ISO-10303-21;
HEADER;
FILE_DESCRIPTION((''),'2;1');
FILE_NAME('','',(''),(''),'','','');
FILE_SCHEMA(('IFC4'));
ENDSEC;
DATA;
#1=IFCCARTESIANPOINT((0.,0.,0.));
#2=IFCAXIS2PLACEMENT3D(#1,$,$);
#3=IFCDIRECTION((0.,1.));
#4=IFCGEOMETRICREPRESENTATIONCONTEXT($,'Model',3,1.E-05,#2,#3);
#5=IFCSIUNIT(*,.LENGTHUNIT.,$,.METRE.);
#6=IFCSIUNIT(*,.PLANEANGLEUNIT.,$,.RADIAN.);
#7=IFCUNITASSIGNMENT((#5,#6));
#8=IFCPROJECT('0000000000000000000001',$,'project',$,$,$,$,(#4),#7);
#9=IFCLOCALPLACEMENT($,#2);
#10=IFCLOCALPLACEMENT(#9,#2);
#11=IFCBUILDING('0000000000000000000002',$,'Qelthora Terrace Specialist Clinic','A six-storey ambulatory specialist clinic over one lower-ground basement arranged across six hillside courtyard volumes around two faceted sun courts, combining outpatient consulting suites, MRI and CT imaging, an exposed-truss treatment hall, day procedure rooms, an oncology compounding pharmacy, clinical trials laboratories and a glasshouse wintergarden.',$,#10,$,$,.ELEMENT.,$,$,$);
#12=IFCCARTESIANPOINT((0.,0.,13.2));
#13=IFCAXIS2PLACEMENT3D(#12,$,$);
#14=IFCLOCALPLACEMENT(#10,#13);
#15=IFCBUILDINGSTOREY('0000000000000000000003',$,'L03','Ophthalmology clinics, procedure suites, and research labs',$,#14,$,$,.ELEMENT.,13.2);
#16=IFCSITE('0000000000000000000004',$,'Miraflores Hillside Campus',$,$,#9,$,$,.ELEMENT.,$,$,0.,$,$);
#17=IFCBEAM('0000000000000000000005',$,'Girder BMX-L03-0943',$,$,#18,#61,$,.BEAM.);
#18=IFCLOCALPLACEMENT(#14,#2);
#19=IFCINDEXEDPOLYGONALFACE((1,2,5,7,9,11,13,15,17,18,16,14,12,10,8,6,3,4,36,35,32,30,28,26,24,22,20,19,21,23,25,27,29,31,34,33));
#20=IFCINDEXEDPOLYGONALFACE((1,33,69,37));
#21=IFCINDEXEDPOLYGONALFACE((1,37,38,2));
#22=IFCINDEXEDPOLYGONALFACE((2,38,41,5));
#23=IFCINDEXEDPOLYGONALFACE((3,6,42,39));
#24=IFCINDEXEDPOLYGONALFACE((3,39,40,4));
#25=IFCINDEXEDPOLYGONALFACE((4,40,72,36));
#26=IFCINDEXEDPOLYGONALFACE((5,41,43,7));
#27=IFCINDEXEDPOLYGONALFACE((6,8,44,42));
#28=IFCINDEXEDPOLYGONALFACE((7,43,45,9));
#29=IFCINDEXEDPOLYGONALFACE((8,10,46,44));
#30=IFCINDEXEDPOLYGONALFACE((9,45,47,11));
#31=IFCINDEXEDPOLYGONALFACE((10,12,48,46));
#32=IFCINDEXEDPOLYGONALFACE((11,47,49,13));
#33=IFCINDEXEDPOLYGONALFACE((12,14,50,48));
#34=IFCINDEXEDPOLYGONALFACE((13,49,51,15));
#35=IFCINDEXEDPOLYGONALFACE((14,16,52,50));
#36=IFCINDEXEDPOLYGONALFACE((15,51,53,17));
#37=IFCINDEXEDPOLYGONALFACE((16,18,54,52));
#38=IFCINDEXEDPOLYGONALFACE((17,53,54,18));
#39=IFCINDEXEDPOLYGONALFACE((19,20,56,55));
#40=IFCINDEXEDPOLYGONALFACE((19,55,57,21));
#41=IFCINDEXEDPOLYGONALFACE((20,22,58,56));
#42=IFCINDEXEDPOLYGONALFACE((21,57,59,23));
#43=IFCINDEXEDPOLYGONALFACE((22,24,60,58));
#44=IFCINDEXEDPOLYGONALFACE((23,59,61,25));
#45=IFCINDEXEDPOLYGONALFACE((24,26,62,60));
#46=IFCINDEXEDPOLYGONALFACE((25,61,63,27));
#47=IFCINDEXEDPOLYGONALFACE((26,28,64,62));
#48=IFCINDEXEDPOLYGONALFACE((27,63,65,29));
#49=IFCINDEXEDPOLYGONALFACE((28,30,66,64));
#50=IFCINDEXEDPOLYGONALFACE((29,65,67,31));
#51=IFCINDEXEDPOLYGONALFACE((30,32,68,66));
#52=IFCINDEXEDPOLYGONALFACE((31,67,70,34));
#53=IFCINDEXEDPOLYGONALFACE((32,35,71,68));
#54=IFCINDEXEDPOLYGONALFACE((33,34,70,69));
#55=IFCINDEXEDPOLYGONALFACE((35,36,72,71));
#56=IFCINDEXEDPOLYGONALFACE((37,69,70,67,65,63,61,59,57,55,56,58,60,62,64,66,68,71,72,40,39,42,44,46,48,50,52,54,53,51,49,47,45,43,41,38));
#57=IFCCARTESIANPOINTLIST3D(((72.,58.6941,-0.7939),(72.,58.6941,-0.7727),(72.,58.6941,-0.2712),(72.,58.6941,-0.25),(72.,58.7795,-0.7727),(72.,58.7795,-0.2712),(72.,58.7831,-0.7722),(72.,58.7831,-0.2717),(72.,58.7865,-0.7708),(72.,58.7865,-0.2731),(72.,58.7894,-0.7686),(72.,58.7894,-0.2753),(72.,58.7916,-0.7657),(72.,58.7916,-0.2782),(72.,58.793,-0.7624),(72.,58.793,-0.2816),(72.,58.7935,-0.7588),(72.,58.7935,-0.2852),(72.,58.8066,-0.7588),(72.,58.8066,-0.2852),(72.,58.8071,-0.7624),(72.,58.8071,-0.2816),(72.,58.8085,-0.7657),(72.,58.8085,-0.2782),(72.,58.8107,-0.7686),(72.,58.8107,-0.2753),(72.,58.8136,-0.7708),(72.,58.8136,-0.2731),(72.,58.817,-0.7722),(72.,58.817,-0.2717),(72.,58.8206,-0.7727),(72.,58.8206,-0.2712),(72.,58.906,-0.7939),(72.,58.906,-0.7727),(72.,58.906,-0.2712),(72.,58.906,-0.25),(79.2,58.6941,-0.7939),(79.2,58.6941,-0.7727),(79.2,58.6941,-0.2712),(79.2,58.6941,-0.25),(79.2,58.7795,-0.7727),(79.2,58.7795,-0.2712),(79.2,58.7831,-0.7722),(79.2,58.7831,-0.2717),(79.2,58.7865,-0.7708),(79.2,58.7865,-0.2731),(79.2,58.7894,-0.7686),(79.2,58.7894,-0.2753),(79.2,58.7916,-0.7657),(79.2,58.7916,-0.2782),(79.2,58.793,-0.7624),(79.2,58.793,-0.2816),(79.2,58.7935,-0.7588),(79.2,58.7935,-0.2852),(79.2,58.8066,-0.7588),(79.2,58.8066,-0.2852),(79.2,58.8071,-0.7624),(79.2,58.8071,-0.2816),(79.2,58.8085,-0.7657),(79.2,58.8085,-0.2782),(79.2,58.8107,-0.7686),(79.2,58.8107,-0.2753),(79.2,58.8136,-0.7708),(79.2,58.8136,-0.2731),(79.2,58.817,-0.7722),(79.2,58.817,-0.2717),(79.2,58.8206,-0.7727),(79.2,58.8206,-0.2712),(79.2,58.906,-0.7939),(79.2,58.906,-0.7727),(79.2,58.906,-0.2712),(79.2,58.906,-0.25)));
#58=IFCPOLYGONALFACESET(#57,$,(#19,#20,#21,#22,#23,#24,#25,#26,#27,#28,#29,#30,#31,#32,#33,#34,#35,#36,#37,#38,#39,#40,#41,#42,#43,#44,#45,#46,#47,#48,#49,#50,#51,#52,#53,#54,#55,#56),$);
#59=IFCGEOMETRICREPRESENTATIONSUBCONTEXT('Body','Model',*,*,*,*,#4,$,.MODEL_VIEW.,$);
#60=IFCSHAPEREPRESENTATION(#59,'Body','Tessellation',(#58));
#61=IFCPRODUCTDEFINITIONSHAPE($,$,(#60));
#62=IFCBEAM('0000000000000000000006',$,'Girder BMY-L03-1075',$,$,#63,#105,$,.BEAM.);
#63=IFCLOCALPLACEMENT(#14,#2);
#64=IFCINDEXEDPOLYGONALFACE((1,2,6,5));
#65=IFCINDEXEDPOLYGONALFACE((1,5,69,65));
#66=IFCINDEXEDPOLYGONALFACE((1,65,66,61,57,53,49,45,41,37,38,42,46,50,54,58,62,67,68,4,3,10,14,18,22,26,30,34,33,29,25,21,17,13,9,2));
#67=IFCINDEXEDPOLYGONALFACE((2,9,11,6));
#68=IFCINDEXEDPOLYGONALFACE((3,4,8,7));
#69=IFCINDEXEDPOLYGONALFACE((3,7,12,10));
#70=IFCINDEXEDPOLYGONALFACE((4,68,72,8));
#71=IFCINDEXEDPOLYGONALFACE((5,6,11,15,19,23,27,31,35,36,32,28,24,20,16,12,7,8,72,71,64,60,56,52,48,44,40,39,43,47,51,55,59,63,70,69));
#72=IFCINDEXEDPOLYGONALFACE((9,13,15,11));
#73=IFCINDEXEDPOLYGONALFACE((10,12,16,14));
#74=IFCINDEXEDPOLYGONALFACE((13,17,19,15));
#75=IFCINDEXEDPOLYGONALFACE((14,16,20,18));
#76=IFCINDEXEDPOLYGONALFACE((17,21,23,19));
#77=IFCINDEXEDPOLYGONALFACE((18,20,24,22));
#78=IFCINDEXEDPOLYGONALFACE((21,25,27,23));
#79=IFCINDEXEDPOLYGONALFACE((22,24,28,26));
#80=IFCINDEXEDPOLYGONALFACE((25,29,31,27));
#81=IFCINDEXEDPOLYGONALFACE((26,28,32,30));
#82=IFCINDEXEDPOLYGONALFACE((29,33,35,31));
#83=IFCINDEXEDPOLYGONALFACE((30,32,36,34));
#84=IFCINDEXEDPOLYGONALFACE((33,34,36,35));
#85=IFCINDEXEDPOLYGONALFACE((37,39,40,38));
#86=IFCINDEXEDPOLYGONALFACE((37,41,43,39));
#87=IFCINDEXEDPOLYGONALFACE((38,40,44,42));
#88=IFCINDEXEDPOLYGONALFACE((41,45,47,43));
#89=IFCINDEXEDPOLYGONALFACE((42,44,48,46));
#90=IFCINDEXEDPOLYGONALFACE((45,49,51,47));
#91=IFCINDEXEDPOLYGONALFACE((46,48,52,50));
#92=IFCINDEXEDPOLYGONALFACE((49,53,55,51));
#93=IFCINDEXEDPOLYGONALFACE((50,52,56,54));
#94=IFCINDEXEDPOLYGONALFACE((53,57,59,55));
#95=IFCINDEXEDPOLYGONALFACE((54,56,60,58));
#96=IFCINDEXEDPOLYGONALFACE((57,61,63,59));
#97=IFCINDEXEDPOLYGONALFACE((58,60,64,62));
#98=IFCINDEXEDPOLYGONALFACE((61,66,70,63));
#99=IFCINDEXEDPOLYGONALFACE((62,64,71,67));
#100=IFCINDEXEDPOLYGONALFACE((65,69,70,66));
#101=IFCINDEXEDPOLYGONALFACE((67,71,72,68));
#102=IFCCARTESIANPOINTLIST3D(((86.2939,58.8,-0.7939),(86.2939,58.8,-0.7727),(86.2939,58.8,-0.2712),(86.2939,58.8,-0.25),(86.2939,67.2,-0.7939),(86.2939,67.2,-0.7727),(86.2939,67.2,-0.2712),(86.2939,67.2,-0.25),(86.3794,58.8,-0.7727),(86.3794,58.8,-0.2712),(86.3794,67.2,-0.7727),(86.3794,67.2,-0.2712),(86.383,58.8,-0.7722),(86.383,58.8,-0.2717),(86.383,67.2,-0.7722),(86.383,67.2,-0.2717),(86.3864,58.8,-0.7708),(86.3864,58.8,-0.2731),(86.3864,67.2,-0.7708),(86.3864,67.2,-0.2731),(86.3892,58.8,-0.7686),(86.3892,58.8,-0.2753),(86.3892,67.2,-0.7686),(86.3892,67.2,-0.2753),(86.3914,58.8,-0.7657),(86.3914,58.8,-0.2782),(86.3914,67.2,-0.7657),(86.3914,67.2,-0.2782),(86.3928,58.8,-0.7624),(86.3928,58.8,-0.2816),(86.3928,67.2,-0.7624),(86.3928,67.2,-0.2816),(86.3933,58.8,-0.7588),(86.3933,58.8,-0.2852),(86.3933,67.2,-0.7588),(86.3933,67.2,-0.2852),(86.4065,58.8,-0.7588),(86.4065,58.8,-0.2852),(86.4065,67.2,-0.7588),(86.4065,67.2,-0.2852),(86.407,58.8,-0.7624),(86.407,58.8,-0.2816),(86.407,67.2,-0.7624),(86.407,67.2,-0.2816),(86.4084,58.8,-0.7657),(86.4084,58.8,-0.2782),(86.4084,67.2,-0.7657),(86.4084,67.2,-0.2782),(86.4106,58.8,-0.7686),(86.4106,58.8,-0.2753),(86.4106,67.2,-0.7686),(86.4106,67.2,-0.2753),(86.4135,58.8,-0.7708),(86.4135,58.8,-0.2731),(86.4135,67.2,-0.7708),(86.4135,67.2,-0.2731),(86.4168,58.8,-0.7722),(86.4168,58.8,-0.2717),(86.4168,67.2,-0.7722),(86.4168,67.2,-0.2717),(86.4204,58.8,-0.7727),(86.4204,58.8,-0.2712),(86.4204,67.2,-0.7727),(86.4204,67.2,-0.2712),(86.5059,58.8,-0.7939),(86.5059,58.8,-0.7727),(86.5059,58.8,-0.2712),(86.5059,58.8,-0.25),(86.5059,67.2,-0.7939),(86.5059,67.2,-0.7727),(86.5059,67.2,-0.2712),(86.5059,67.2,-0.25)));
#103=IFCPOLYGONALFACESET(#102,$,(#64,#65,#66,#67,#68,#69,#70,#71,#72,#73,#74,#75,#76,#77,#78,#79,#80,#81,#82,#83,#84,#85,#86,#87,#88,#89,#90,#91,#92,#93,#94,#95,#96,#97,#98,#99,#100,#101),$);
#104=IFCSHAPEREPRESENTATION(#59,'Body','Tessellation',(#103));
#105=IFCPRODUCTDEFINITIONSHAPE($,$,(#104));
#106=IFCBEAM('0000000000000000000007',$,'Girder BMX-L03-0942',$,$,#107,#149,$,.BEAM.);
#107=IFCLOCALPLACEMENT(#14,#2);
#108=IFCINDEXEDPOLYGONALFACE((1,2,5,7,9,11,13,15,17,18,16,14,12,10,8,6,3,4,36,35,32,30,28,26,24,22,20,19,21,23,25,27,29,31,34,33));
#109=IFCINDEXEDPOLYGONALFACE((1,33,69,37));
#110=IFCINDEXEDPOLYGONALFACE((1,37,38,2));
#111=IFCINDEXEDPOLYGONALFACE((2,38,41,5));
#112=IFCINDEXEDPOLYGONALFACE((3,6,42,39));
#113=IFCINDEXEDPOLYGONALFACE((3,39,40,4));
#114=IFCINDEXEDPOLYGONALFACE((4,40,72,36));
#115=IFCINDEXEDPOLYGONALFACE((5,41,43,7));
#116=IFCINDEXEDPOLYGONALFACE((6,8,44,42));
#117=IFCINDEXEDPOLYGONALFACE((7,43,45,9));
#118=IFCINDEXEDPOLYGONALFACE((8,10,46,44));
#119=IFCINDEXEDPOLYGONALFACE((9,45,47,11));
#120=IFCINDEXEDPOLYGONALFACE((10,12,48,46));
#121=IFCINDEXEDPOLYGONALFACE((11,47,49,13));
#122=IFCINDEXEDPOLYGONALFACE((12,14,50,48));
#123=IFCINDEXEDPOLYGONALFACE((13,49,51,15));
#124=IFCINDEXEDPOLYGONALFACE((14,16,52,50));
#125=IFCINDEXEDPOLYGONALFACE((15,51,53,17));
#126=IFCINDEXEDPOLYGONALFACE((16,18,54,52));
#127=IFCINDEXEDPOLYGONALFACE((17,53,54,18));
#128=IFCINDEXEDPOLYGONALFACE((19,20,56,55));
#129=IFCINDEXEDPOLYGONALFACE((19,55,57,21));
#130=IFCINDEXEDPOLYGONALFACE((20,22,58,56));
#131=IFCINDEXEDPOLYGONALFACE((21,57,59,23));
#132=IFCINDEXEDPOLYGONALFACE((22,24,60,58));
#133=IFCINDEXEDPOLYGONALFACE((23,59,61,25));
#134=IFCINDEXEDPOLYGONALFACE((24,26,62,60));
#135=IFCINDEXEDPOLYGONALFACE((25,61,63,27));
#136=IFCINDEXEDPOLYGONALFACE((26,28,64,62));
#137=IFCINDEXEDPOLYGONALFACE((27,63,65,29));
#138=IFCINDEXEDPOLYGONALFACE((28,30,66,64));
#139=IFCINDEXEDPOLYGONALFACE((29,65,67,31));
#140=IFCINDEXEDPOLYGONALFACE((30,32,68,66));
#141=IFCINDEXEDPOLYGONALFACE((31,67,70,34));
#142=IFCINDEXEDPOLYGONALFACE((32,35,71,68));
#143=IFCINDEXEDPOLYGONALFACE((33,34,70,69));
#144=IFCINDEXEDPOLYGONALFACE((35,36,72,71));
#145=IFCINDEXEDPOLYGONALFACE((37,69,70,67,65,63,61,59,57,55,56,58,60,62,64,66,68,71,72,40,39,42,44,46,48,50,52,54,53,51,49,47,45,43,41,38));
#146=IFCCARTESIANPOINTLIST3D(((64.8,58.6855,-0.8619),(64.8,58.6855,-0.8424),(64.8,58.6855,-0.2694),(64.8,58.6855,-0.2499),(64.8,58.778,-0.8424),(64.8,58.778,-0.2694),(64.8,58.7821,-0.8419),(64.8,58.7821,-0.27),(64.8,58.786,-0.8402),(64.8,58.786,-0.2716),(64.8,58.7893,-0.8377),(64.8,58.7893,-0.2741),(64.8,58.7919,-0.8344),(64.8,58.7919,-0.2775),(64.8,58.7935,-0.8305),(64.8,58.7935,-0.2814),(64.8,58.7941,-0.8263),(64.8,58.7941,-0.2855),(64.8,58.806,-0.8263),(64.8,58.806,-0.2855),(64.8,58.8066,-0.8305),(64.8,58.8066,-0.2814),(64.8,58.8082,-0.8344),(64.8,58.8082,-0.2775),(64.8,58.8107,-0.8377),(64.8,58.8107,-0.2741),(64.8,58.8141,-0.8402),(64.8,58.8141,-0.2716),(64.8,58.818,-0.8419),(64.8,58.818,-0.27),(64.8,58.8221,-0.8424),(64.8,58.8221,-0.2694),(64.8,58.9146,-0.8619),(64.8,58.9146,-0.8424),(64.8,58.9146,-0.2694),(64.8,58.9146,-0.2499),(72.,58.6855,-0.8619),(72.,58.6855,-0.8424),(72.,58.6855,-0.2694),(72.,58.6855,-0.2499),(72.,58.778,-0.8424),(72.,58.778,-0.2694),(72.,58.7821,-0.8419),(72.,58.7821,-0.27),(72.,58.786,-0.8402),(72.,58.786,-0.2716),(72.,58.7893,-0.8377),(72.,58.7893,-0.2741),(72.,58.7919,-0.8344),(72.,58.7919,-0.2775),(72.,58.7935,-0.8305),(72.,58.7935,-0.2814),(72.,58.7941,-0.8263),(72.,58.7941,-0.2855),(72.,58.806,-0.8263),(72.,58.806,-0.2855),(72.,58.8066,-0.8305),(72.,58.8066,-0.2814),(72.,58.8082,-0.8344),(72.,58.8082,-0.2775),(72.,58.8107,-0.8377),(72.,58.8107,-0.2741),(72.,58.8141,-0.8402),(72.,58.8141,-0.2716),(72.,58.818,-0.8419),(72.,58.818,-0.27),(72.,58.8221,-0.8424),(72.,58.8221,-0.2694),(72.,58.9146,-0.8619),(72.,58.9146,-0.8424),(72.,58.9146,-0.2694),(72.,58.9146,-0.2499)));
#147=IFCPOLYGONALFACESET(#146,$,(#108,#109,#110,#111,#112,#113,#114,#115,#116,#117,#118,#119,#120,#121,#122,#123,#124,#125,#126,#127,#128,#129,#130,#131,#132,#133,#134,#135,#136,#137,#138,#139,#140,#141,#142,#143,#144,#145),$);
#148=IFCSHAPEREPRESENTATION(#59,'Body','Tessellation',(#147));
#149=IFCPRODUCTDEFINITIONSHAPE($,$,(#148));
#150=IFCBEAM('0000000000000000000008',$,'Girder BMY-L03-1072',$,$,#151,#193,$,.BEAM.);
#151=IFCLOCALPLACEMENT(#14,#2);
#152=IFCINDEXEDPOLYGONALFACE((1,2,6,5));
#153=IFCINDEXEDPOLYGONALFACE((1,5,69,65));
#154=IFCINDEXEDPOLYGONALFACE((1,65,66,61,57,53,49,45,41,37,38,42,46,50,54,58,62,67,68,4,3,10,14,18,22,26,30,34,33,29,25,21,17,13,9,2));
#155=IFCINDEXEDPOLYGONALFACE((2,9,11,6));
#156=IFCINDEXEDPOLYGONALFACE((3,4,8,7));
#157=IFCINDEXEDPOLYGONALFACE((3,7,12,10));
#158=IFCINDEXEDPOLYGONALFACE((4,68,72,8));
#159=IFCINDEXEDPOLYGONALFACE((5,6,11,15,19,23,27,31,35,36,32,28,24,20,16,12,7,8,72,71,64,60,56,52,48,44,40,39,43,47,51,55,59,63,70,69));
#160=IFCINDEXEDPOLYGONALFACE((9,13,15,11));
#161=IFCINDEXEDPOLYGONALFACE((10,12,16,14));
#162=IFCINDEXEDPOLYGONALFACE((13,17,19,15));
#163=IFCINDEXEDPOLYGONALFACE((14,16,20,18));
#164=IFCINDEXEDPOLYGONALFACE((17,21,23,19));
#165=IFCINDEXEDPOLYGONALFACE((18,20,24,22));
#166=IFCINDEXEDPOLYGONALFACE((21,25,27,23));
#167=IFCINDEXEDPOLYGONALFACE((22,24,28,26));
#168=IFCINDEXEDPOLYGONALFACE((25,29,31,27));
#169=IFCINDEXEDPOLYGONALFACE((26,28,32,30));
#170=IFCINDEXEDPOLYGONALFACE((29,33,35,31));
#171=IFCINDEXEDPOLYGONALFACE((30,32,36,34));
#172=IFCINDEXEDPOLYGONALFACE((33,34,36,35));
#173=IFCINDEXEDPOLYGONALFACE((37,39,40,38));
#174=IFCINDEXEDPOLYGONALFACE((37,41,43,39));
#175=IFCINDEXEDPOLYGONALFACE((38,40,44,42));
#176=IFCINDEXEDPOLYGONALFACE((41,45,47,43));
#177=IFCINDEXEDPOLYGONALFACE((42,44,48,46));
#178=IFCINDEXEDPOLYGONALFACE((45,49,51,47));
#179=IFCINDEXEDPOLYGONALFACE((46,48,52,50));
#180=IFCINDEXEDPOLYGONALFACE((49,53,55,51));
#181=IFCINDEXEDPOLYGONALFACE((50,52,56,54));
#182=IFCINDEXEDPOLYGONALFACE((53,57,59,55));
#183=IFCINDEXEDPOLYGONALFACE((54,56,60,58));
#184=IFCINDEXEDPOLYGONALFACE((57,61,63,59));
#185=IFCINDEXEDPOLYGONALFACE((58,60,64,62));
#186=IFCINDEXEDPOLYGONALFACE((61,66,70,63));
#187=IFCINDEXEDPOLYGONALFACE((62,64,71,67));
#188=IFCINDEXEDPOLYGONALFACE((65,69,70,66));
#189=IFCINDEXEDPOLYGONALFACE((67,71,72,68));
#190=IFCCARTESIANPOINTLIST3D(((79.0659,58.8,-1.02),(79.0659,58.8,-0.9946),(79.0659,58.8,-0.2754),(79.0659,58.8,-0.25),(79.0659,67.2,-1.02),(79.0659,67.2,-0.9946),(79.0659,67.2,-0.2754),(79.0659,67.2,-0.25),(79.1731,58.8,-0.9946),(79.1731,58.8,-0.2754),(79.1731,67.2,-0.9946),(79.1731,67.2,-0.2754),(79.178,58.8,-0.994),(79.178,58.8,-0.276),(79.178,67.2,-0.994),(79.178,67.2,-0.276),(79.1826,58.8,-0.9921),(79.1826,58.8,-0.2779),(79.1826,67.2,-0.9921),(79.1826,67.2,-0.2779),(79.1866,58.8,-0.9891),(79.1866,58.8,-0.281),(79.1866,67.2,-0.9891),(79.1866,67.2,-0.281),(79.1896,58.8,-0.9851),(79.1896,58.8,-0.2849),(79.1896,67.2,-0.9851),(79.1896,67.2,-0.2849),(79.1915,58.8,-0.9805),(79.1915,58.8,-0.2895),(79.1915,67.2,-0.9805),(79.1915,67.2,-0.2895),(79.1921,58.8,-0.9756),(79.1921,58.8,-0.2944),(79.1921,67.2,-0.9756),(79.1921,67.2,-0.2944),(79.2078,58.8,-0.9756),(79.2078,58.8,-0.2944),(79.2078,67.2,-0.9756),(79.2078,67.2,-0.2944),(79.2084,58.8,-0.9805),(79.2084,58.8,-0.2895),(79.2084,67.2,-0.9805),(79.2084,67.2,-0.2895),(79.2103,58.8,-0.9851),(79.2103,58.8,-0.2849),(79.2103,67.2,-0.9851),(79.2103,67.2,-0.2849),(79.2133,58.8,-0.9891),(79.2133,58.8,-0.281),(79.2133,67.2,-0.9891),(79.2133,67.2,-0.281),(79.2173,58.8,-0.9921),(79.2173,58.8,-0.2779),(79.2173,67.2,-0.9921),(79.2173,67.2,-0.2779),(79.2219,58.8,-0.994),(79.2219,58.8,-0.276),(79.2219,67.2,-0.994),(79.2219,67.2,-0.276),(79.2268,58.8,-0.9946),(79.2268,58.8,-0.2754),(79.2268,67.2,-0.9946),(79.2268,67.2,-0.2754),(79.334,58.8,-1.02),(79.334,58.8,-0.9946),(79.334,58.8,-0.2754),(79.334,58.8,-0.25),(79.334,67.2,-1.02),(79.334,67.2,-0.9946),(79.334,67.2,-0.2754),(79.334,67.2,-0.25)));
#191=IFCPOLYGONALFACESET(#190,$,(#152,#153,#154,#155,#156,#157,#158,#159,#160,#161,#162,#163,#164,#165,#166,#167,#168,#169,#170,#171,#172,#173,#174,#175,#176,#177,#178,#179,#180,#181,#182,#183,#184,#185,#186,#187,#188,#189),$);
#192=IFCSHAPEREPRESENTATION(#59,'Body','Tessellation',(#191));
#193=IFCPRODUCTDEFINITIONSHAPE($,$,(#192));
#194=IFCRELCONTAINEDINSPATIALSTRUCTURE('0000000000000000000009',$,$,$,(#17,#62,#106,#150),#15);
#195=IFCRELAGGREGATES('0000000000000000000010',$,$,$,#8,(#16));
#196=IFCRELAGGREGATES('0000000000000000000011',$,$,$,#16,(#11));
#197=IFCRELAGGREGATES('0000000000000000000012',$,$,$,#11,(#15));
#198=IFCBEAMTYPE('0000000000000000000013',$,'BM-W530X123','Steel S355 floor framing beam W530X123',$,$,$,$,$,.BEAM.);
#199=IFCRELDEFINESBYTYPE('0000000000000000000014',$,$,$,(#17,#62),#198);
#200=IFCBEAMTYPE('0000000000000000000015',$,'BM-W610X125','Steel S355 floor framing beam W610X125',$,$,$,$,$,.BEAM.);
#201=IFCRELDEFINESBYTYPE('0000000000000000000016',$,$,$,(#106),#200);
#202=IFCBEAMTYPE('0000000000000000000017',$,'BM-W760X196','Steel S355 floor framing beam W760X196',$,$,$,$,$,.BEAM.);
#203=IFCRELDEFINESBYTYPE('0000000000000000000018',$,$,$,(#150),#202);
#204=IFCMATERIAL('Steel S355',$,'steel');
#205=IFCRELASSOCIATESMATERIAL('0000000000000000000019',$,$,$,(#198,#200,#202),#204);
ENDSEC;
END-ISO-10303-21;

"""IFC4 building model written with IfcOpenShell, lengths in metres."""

from ifc_helpers import new_model, si_unit, direction, frame, origin, origin_2d, place, context, subcontext, project, spatial, i_section, extrude, material, material_profile, profile_set, type_object, element, save


model = new_model("IFC4")

# Units and contexts
model_context = context("Model", 3, precision=1e-05, world=origin(), true_north=direction((0.0, 1.0)))
body_context = subcontext(model_context, "Body", "Model", "MODEL_VIEW")
ifc_project = project(units=[si_unit("LENGTHUNIT", "METRE"), si_unit("PLANEANGLEUNIT", "RADIAN")], contexts=[model_context])

# Site, building, storey
site_placement = place(None, origin())
site = spatial("IfcSite", under=ifc_project, at=site_placement, Name="Miraflores Hillside Campus", CompositionType="ELEMENT", RefElevation=0.0)
building_placement = place(site_placement, origin())
building = spatial("IfcBuilding", under=site, at=building_placement, Name="Qelthora Terrace Specialist Clinic", Description="A six-storey ambulatory specialist clinic over one lower-ground basement arranged across six hillside courtyard volumes around two faceted sun courts, combining outpatient consulting suites, MRI and CT imaging, an exposed-truss treatment hall, day procedure rooms, an oncology compounding pharmacy, clinical trials laboratories and a glasshouse wintergarden.", CompositionType="ELEMENT")
storey_placement = place(building_placement, frame((0.0, 0.0, 13.2)))
storey = spatial("IfcBuildingStorey", under=building, at=storey_placement, Name="L03", Description="Ophthalmology clinics, procedure suites, and research labs", CompositionType="ELEMENT", Elevation=13.2)

# Beams
ifc_material_1 = material(Name="Steel S355", Category="steel")
ifc_material_profile_1 = material_profile(ifc_material_1, i_section(OverallWidth=0.2119, OverallDepth=0.5439, WebThickness=0.0132, FlangeThickness=0.0212, FilletRadius=0.0139, at=origin_2d()), Name="W530X123")
ifc_profile_set_1 = profile_set([ifc_material_profile_1], Name="Steel S355")
beam_type_1 = type_object("IfcBeamType", Name="BM-W530X123", Description="Steel S355 floor framing beam W530X123", PredefinedType="BEAM", material=ifc_profile_set_1)
beam_1_placement = place(storey_placement, frame((72.0, 58.8, -0.522), z_axis=(1.0, 0.0, 0.0), x_axis=(0.0, 1.0, 0.0)))
element("IfcBeam", 1, at=beam_1_placement, inside=storey, type_object=beam_type_1, Name="Girder BMX-L03-0943", PredefinedType="BEAM", context=body_context, shape_type="SweptSolid", body=[
    extrude(i_section(OverallWidth=0.2119, OverallDepth=0.5439, WebThickness=0.0132, FlangeThickness=0.0212, FilletRadius=0.0139, at=origin_2d()), origin(), (0.0, 0.0, 1.0), 7.2),
])
beam_2_placement = place(storey_placement, frame((86.3999, 58.8, -0.522), z_axis=(0.0, 1.0, 0.0), x_axis=(-1.0, 0.0, 0.0)))
element("IfcBeam", 2, at=beam_2_placement, inside=storey, type_object=beam_type_1, Name="Girder BMY-L03-1075", PredefinedType="BEAM", context=body_context, shape_type="SweptSolid", body=[
    extrude(i_section(OverallWidth=0.2119, OverallDepth=0.5439, WebThickness=0.0132, FlangeThickness=0.0212, FilletRadius=0.0139, at=origin_2d()), origin(), (0.0, 0.0, 1.0), 8.3999),
])
ifc_material_profile_2 = material_profile(ifc_material_1, i_section(OverallWidth=0.229, OverallDepth=0.6121, WebThickness=0.012, FlangeThickness=0.0195, FilletRadius=0.0161, at=origin_2d()), Name="W610X125")
ifc_profile_set_2 = profile_set([ifc_material_profile_2], Name="Steel S355")
beam_type_2 = type_object("IfcBeamType", Name="BM-W610X125", Description="Steel S355 floor framing beam W610X125", PredefinedType="BEAM", material=ifc_profile_set_2)
beam_3_placement = place(storey_placement, frame((64.8, 58.8, -0.5559), z_axis=(1.0, 0.0, 0.0), x_axis=(0.0, 1.0, 0.0)))
element("IfcBeam", 3, at=beam_3_placement, inside=storey, type_object=beam_type_2, Name="Girder BMX-L03-0942", PredefinedType="BEAM", context=body_context, shape_type="SweptSolid", body=[
    extrude(i_section(OverallWidth=0.229, OverallDepth=0.6121, WebThickness=0.012, FlangeThickness=0.0195, FilletRadius=0.0161, at=origin_2d()), origin(), (0.0, 0.0, 1.0), 7.2),
])
ifc_material_profile_3 = material_profile(ifc_material_1, i_section(OverallWidth=0.2681, OverallDepth=0.77, WebThickness=0.0156, FlangeThickness=0.0254, FilletRadius=0.019, at=origin_2d()), Name="W760X196")
ifc_profile_set_3 = profile_set([ifc_material_profile_3], Name="Steel S355")
beam_type_3 = type_object("IfcBeamType", Name="BM-W760X196", Description="Steel S355 floor framing beam W760X196", PredefinedType="BEAM", material=ifc_profile_set_3)
beam_4_placement = place(storey_placement, frame((79.2, 58.8, -0.635), z_axis=(0.0, 1.0, 0.0), x_axis=(-1.0, 0.0, 0.0)))
element("IfcBeam", 4, at=beam_4_placement, inside=storey, type_object=beam_type_3, Name="Girder BMY-L03-1072", PredefinedType="BEAM", context=body_context, shape_type="SweptSolid", body=[
    extrude(i_section(OverallWidth=0.2681, OverallDepth=0.77, WebThickness=0.0156, FlangeThickness=0.0254, FilletRadius=0.019, at=origin_2d()), origin(), (0.0, 0.0, 1.0), 8.3999),
])

save(model, "model.ifc")
